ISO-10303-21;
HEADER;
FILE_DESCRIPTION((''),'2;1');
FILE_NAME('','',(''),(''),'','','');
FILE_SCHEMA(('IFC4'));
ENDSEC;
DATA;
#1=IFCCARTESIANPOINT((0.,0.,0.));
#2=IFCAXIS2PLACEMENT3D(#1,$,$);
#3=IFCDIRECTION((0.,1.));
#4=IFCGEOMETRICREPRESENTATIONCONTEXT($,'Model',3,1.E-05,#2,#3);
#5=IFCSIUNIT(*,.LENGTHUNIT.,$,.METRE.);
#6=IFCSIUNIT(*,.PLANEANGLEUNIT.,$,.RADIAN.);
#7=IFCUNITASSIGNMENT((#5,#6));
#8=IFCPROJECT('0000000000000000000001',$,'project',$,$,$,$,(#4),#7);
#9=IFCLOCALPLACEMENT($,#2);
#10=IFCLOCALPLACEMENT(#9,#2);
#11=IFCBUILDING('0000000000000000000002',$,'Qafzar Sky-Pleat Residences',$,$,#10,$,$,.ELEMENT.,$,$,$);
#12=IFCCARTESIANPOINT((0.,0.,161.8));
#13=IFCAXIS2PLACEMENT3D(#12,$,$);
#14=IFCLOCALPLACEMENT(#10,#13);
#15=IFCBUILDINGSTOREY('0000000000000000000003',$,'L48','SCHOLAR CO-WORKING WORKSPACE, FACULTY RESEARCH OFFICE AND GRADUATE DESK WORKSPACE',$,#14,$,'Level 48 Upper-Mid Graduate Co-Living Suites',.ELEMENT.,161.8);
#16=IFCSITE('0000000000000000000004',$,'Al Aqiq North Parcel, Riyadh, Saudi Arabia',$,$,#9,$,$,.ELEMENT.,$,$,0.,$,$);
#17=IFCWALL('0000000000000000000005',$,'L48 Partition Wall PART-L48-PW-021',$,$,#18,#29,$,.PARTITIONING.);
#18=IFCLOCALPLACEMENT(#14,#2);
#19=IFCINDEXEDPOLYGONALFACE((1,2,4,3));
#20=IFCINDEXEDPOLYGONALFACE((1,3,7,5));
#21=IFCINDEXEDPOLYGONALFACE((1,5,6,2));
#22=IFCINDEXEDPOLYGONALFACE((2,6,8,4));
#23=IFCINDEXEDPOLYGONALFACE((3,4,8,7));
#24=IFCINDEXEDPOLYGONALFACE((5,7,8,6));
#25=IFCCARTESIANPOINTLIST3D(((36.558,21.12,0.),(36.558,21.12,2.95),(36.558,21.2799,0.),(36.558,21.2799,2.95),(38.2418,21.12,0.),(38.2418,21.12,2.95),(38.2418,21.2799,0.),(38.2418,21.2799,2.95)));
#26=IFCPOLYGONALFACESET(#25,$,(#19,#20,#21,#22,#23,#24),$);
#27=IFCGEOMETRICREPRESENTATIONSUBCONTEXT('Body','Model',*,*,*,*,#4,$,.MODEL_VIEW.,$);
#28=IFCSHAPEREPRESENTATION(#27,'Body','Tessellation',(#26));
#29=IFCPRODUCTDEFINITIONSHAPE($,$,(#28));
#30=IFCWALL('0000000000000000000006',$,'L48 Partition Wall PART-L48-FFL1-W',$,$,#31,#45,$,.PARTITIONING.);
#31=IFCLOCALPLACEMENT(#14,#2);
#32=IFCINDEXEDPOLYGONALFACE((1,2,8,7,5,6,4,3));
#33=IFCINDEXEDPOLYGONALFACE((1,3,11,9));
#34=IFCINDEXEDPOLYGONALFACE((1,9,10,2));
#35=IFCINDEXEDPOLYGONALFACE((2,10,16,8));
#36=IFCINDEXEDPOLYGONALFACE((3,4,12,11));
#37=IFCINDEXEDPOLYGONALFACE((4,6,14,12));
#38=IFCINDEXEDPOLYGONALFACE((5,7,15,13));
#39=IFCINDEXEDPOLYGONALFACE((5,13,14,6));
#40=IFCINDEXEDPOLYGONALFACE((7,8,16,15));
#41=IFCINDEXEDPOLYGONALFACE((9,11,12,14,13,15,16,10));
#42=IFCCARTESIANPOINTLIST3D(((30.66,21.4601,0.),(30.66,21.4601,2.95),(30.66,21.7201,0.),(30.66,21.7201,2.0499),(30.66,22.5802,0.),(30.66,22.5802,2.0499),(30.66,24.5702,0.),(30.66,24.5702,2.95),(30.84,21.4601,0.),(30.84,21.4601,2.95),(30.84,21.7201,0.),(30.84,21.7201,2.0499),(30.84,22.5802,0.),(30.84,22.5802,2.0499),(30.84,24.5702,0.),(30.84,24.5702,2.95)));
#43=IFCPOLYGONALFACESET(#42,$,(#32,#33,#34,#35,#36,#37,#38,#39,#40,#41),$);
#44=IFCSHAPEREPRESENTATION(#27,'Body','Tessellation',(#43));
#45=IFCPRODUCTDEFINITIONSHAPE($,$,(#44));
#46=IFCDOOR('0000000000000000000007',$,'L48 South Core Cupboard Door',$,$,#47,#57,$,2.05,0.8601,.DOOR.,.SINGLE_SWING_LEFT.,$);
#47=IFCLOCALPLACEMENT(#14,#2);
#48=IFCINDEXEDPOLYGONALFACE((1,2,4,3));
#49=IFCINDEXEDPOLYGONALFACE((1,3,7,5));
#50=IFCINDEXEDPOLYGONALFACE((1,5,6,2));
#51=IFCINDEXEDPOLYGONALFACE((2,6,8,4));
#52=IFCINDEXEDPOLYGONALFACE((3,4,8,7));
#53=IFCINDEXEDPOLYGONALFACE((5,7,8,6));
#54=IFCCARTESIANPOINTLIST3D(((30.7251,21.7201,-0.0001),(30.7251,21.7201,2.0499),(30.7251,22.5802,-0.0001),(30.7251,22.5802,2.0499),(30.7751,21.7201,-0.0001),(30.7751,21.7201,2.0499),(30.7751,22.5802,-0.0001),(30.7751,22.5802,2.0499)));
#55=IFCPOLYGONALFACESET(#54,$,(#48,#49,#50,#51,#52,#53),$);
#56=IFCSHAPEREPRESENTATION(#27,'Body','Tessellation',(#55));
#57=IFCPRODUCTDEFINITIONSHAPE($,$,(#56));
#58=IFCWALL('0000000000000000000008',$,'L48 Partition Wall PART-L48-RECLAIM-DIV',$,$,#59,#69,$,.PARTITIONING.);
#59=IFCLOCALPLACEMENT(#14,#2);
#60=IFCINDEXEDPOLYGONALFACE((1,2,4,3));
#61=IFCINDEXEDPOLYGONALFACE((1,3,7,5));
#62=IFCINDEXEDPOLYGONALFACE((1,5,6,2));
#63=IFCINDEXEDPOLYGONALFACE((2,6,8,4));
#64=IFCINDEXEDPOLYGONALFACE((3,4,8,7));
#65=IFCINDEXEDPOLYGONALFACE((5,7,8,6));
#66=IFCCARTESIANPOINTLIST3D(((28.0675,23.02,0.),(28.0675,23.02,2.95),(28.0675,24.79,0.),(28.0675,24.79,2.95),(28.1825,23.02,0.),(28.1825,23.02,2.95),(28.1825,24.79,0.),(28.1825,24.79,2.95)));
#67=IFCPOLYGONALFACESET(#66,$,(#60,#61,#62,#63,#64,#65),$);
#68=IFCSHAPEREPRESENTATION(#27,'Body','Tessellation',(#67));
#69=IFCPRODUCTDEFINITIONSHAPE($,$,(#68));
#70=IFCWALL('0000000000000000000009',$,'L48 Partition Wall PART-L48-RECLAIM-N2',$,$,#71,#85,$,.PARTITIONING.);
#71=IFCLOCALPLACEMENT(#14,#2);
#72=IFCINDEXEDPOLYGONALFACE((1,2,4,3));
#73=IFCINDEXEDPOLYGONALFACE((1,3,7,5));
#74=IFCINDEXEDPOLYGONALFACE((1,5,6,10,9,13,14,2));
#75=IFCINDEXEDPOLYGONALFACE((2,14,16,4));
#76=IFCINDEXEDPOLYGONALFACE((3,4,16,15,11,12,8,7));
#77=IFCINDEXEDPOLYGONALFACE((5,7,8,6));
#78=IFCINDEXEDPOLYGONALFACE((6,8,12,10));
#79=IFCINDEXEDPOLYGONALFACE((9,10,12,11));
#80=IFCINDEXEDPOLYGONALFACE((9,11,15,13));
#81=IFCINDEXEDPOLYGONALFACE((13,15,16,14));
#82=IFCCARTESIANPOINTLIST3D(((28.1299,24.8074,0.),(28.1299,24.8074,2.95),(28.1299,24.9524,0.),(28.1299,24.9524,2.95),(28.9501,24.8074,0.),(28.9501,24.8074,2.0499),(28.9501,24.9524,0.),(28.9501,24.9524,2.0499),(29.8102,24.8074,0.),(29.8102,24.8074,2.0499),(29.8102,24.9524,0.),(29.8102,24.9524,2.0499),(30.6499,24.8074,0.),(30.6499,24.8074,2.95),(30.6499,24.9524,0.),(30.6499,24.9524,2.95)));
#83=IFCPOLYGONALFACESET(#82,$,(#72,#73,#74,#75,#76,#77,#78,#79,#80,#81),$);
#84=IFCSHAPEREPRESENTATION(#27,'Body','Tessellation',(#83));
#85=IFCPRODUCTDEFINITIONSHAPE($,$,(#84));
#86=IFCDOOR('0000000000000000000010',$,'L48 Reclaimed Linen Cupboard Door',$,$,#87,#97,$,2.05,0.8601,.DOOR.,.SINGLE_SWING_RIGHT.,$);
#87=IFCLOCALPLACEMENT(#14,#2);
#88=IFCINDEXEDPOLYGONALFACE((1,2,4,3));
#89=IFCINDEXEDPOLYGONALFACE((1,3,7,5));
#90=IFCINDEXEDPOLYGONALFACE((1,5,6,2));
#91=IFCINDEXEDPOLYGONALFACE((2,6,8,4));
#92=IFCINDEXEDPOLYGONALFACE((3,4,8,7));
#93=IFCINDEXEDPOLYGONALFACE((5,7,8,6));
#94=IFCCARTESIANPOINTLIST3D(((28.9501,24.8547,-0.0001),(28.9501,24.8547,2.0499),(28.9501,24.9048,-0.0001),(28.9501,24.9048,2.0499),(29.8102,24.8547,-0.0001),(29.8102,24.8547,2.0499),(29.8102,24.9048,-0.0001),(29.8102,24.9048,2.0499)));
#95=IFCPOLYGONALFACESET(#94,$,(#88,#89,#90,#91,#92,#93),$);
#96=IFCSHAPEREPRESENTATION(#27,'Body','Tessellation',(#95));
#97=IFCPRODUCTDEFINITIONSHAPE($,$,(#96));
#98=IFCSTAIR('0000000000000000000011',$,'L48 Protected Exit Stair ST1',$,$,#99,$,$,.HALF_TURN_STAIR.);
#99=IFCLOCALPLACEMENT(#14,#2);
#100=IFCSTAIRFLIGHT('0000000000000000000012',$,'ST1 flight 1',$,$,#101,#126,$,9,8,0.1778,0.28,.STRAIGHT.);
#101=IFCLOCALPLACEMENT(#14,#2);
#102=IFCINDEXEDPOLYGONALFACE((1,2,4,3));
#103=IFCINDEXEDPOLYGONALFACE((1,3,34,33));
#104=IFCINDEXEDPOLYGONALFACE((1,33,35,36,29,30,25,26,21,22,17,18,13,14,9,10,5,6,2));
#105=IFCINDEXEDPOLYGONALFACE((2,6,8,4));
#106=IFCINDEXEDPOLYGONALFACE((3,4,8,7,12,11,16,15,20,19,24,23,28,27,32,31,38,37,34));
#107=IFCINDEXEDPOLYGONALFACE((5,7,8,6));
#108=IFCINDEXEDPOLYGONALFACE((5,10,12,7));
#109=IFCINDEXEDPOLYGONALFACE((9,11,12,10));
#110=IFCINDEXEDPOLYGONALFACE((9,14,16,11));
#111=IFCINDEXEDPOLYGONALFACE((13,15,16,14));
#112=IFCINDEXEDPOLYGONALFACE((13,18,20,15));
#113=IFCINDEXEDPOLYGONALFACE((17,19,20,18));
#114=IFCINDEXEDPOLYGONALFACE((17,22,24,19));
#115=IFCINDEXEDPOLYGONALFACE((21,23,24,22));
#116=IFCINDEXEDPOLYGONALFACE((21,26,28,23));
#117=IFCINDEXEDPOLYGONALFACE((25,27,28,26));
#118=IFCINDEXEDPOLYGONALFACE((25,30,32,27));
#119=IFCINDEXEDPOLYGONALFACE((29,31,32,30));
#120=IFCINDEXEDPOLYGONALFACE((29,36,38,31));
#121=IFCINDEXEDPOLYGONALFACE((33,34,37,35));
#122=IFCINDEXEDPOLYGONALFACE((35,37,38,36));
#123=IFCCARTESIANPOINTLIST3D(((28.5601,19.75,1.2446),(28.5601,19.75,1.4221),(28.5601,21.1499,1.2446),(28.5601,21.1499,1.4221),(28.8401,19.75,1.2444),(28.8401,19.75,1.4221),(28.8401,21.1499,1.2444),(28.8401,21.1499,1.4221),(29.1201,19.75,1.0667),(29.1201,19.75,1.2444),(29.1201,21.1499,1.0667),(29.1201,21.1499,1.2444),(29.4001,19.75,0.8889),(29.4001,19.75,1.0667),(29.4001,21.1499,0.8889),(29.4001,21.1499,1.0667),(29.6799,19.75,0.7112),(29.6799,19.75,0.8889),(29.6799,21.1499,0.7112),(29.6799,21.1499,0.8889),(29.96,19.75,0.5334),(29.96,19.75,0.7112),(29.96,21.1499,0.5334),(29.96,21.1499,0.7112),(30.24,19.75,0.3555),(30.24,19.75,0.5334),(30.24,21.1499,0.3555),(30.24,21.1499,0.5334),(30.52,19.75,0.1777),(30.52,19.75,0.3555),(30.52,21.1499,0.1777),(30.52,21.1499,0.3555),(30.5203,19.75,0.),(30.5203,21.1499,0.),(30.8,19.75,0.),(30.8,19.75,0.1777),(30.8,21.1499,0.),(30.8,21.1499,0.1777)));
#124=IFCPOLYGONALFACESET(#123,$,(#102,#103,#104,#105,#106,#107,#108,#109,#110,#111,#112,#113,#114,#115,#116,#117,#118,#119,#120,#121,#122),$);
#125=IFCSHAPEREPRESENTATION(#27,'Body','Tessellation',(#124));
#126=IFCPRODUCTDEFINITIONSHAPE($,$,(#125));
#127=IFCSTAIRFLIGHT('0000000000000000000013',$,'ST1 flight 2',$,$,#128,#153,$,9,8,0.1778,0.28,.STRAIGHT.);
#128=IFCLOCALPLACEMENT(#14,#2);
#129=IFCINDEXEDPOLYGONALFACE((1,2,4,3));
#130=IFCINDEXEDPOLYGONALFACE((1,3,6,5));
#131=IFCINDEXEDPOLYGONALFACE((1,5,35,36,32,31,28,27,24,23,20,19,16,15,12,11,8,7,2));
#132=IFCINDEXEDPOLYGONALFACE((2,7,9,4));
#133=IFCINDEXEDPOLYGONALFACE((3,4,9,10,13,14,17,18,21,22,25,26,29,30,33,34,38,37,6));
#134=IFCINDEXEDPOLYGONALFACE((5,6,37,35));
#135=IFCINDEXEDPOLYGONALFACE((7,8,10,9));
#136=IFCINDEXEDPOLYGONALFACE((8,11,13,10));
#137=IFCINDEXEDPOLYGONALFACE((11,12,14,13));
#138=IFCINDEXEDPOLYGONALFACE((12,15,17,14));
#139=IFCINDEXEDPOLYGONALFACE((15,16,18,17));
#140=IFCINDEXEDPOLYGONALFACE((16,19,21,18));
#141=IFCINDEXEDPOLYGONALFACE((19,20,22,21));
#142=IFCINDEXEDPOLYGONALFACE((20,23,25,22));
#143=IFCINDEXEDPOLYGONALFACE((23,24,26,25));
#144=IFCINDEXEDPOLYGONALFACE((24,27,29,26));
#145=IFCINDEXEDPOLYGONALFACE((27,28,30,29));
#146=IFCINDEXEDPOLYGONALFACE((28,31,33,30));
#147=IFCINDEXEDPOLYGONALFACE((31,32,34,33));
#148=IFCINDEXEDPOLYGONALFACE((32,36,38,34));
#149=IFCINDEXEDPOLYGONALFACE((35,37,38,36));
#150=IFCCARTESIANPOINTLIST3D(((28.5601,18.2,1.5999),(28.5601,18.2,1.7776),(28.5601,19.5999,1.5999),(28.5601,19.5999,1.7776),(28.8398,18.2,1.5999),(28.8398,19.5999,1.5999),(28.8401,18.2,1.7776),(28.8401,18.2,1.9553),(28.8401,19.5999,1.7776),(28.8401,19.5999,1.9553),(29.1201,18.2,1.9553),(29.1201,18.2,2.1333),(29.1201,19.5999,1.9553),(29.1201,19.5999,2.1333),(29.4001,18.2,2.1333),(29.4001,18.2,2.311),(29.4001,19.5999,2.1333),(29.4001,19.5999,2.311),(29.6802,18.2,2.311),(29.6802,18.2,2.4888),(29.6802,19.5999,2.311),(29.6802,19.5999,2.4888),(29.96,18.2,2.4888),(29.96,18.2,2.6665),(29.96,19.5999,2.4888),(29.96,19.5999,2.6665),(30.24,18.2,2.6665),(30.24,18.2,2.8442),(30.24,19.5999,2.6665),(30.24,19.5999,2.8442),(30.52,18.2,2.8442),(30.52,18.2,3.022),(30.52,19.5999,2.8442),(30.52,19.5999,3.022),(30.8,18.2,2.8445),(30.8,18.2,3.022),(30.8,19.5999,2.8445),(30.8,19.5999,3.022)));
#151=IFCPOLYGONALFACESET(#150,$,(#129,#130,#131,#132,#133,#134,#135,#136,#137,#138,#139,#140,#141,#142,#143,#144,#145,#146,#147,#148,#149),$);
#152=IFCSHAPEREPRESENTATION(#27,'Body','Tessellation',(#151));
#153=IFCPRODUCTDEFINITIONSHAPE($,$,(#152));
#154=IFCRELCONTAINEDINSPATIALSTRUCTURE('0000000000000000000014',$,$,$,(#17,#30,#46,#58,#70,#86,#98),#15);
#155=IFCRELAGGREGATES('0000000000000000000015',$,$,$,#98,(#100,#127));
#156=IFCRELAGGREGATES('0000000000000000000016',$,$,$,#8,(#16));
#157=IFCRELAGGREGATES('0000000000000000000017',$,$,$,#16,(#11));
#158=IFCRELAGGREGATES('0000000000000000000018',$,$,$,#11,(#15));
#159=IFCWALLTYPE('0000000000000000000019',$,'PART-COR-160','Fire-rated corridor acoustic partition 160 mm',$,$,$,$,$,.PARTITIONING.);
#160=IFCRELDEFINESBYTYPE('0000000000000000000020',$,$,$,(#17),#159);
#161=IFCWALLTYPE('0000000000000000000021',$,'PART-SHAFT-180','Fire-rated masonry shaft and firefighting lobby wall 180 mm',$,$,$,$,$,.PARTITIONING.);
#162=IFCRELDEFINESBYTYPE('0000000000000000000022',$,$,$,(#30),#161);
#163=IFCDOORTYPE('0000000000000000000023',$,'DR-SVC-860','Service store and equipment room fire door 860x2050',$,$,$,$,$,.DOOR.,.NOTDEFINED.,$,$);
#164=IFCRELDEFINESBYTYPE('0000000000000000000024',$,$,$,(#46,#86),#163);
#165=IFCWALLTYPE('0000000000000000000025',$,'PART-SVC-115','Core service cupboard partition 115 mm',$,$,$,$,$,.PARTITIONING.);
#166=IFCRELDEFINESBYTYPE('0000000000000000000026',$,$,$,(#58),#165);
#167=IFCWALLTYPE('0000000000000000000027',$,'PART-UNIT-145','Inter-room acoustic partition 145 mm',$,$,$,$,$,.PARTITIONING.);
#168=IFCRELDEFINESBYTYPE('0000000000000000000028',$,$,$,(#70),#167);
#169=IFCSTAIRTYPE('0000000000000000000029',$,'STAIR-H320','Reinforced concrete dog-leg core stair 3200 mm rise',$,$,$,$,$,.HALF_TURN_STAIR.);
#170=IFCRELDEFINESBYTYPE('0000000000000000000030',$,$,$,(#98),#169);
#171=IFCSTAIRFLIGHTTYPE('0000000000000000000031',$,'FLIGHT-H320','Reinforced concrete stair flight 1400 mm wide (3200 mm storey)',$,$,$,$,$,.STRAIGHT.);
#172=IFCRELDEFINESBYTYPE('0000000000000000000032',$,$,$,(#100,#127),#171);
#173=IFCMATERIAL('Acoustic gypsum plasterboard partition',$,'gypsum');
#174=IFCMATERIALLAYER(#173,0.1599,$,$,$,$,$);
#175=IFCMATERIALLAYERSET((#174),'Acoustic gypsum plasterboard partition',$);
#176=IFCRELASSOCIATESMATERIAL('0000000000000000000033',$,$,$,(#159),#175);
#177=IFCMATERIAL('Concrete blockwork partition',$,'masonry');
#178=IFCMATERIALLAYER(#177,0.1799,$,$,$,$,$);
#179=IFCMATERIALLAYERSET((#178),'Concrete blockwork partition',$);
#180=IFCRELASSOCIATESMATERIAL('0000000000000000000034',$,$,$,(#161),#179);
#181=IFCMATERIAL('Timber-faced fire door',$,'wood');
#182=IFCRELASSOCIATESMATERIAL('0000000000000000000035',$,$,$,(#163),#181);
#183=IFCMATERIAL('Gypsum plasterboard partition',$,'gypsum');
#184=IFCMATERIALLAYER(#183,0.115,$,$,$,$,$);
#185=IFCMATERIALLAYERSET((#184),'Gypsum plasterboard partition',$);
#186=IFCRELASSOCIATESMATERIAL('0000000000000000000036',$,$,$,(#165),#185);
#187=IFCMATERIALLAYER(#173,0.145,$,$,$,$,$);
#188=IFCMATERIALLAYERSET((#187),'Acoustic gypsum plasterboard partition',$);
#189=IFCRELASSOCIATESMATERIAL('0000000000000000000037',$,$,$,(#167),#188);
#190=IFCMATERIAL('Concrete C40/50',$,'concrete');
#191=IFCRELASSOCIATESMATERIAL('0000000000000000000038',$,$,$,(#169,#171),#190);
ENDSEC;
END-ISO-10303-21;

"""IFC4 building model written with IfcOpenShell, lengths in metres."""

from ifc_helpers import new_model, si_unit, direction, frame, frame_2d, origin, place, context, subcontext, project, spatial, polyline, rectangle, outline, extrude, source, transform, mapped, material, layer, layer_set, type_object, element, fill, aggregate, save


model = new_model("IFC4")

# Units and contexts
model_context = context("Model", 3, precision=1e-05, world=origin(), true_north=direction((0.0, 1.0)))
body_context = subcontext(model_context, "Body", "Model", "MODEL_VIEW")
ifc_project = project(units=[si_unit("LENGTHUNIT", "METRE"), si_unit("PLANEANGLEUNIT", "RADIAN")], contexts=[model_context])

# Site, building, storey
site_placement = place(None, origin())
site = spatial("IfcSite", under=ifc_project, at=site_placement, Name="Al Aqiq North Parcel, Riyadh, Saudi Arabia", CompositionType="ELEMENT", RefElevation=0.0)
building_placement = place(site_placement, origin())
building = spatial("IfcBuilding", under=site, at=building_placement, Name="Qafzar Sky-Pleat Residences", CompositionType="ELEMENT")
storey_placement = place(building_placement, frame((0.0, 0.0, 161.8)))
storey = spatial("IfcBuildingStorey", under=building, at=storey_placement, Name="L48", Description="SCHOLAR CO-WORKING WORKSPACE, FACULTY RESEARCH OFFICE AND GRADUATE DESK WORKSPACE", LongName="Level 48 Upper-Mid Graduate Co-Living Suites", CompositionType="ELEMENT", Elevation=161.8)

# Wall
ifc_material_1 = material(Name="Acoustic gypsum plasterboard partition", Category="gypsum")
ifc_layer_1 = layer(ifc_material_1, 0.1599)
ifc_layer_set_1 = layer_set([ifc_layer_1], Name="Acoustic gypsum plasterboard partition")
wall_type_1 = type_object("IfcWallType", Name="PART-COR-160", Description="Fire-rated corridor acoustic partition 160 mm", PredefinedType="PARTITIONING", material=ifc_layer_set_1)
wall_1_placement = place(storey_placement, frame((36.5581, 21.2, 0.0), z_axis=(0.0, 0.0, 1.0), x_axis=(1.0, 0.0, 0.0)))
element("IfcWall", 1, at=wall_1_placement, inside=storey, type_object=wall_type_1, Name="L48 Partition Wall PART-L48-PW-021", PredefinedType="PARTITIONING", context=body_context, shape_type="SweptSolid", body=[
    extrude(rectangle(XDim=1.6838, YDim=0.1599, at=frame_2d((0.8418, 0.0))), origin(), (0.0, 0.0, 1.0), 2.95),
])

# Wall, opening, door
ifc_material_2 = material(Name="Concrete blockwork partition", Category="masonry")
ifc_layer_2 = layer(ifc_material_2, 0.1799)
ifc_layer_set_2 = layer_set([ifc_layer_2], Name="Concrete blockwork partition")
wall_type_2 = type_object("IfcWallType", Name="PART-SHAFT-180", Description="Fire-rated masonry shaft and firefighting lobby wall 180 mm", PredefinedType="PARTITIONING", material=ifc_layer_set_2)
wall_2_placement = place(storey_placement, frame((30.75, 21.46, 0.0), z_axis=(0.0, 0.0, 1.0), x_axis=(0.0, 1.0, 0.0)))
wall_2 = element("IfcWall", 2, at=wall_2_placement, inside=storey, type_object=wall_type_2, Name="L48 Partition Wall PART-L48-FFL1-W", PredefinedType="PARTITIONING", context=body_context, shape_type="SweptSolid", body=[
    extrude(rectangle(XDim=3.1101, YDim=0.1799, at=frame_2d((1.5552, 0.0))), origin(), (0.0, 0.0, 1.0), 2.95),
])
opening_1_placement = place(wall_2_placement, frame((0.26, 0.0, 0.0)))
opening_1 = element("IfcOpeningElement", 3, at=opening_1_placement, cuts=wall_2, PredefinedType="OPENING", context=body_context, shape_type="SweptSolid", body=[
    extrude(rectangle(XDim=0.8601, YDim=2.05, at=frame_2d((0.4302, 1.0249))), frame((0.0, 0.1001, 0.0), z_axis=(0.0, -1.0, 0.0), x_axis=(1.0, 0.0, 0.0)), (0.0, 0.0, 1.0), 0.2),
])
ifc_material_3 = material(Name="Timber-faced fire door", Category="wood")
door_type_1 = type_object("IfcDoorType", Name="DR-SVC-860", Description="Service store and equipment room fire door 860x2050", OperationType="NOTDEFINED", PredefinedType="DOOR", material=ifc_material_3)
shared_shape_1 = source(origin(), body_context, "Body", "SweptSolid", [
    extrude(rectangle(XDim=0.8601, YDim=2.05, at=frame_2d((0.4302, 1.0249))), frame((0.0, 0.0249, 0.0), z_axis=(0.0, -1.0, 0.0), x_axis=(1.0, 0.0, 0.0)), (0.0, 0.0, 1.0), 0.05),
])
door_1_placement = place(opening_1_placement, origin())
door_1 = element("IfcDoor", 4, at=door_1_placement, inside=storey, type_object=door_type_1, Name="L48 South Core Cupboard Door", OperationType="SINGLE_SWING_LEFT", OverallHeight=2.05, OverallWidth=0.8601, PredefinedType="DOOR", context=body_context, shape_type="MappedRepresentation", body=[
    mapped(shared_shape_1, transform((0.0, 0.0, 0.0), x_axis=(1.0, 0.0, 0.0), y_axis=(0.0, 1.0, 0.0), z_axis=(0.0, 0.0, 1.0), scale=1.0)),
])
fill(opening_1, door_1)

# Wall
ifc_material_4 = material(Name="Gypsum plasterboard partition", Category="gypsum")
ifc_layer_3 = layer(ifc_material_4, 0.115)
ifc_layer_set_3 = layer_set([ifc_layer_3], Name="Gypsum plasterboard partition")
wall_type_3 = type_object("IfcWallType", Name="PART-SVC-115", Description="Core service cupboard partition 115 mm", PredefinedType="PARTITIONING", material=ifc_layer_set_3)
wall_3_placement = place(storey_placement, frame((28.125, 23.02, 0.0), z_axis=(0.0, 0.0, 1.0), x_axis=(0.0, 1.0, 0.0)))
element("IfcWall", 5, at=wall_3_placement, inside=storey, type_object=wall_type_3, Name="L48 Partition Wall PART-L48-RECLAIM-DIV", PredefinedType="PARTITIONING", context=body_context, shape_type="SweptSolid", body=[
    extrude(rectangle(XDim=1.77, YDim=0.115, at=frame_2d((0.885, 0.0))), origin(), (0.0, 0.0, 1.0), 2.95),
])

# Wall, opening, door
ifc_layer_4 = layer(ifc_material_1, 0.145)
ifc_layer_set_4 = layer_set([ifc_layer_4], Name="Acoustic gypsum plasterboard partition")
wall_type_4 = type_object("IfcWallType", Name="PART-UNIT-145", Description="Inter-room acoustic partition 145 mm", PredefinedType="PARTITIONING", material=ifc_layer_set_4)
wall_4_placement = place(storey_placement, frame((28.1299, 24.8799, 0.0), z_axis=(0.0, 0.0, 1.0), x_axis=(1.0, 0.0, 0.0)))
wall_4 = element("IfcWall", 6, at=wall_4_placement, inside=storey, type_object=wall_type_4, Name="L48 Partition Wall PART-L48-RECLAIM-N2", PredefinedType="PARTITIONING", context=body_context, shape_type="SweptSolid", body=[
    extrude(rectangle(XDim=2.52, YDim=0.145, at=frame_2d((1.26, 0.0))), origin(), (0.0, 0.0, 1.0), 2.95),
])
opening_2_placement = place(wall_4_placement, frame((0.8201, 0.0, 0.0)))
opening_2 = element("IfcOpeningElement", 7, at=opening_2_placement, cuts=wall_4, PredefinedType="OPENING", context=body_context, shape_type="SweptSolid", body=[
    extrude(rectangle(XDim=0.8601, YDim=2.05, at=frame_2d((0.4302, 1.0249))), frame((0.0, 0.0825, 0.0), z_axis=(0.0, -1.0, 0.0), x_axis=(1.0, 0.0, 0.0)), (0.0, 0.0, 1.0), 0.165),
])
door_2_placement = place(opening_2_placement, origin())
door_2 = element("IfcDoor", 8, at=door_2_placement, inside=storey, type_object=door_type_1, Name="L48 Reclaimed Linen Cupboard Door", OperationType="SINGLE_SWING_RIGHT", OverallHeight=2.05, OverallWidth=0.8601, PredefinedType="DOOR", context=body_context, shape_type="MappedRepresentation", body=[
    mapped(shared_shape_1, transform((0.0, 0.0, 0.0), x_axis=(1.0, 0.0, 0.0), y_axis=(0.0, 1.0, 0.0), z_axis=(0.0, 0.0, 1.0), scale=1.0)),
])
fill(opening_2, door_2)

# Stair, stair flights
ifc_material_5 = material(Name="Concrete C40/50", Category="concrete")
stair_type = type_object("IfcStairType", Name="STAIR-H320", Description="Reinforced concrete dog-leg core stair 3200 mm rise", PredefinedType="HALF_TURN_STAIR", material=ifc_material_5)
stair_placement = place(storey_placement, origin())
stair = element("IfcStair", 9, at=stair_placement, inside=storey, type_object=stair_type, Name="L48 Protected Exit Stair ST1", PredefinedType="HALF_TURN_STAIR")
stair_flight_type = type_object("IfcStairFlightType", Name="FLIGHT-H320", Description="Reinforced concrete stair flight 1400 mm wide (3200 mm storey)", PredefinedType="STRAIGHT", material=ifc_material_5)
shared_shape_2 = source(origin(), body_context, "Body", "SweptSolid", [
    extrude(outline(polyline([(0.0, 0.0), (0.0, 0.1777), (0.28, 0.1777), (0.28, 0.3555), (0.5601, 0.3555), (0.5601, 0.5334), (0.8401, 0.5334), (0.8401, 0.7112), (1.1201, 0.7112), (1.1201, 0.8889), (1.3999, 0.8889), (1.3999, 1.0667), (1.6799, 1.0667), (1.6799, 1.2444), (1.96, 1.2444), (1.96, 1.4221), (2.24, 1.4221), (2.24, 1.6001), (2.24, 1.2446), (0.2798, 0.0), (0.0, 0.0)])), frame((0.0, 0.7, 0.0), z_axis=(0.0, -1.0, 0.0), x_axis=(1.0, 0.0, 0.0)), (0.0, 0.0, 1.0), 1.3999),
])
stair_flight_1_placement = place(storey_placement, frame((30.8, 20.45, 0.0), z_axis=(0.0, 0.0, 1.0), x_axis=(-1.0, 0.0, 0.0)))
stair_flight_1 = element("IfcStairFlight", 10, at=stair_flight_1_placement, type_object=stair_flight_type, Name="ST1 flight 1", NumberOfRisers=9, NumberOfTreads=8, PredefinedType="STRAIGHT", RiserHeight=0.1778, TreadLength=0.28, context=body_context, shape_type="MappedRepresentation", body=[
    mapped(shared_shape_2, transform((0.0, 0.0, 0.0), x_axis=(1.0, 0.0, 0.0), y_axis=(0.0, 1.0, 0.0), z_axis=(0.0, 0.0, 1.0), scale=1.0)),
])
stair_flight_2_placement = place(storey_placement, frame((28.5601, 18.8999, 1.5999), z_axis=(0.0, 0.0, 1.0), x_axis=(1.0, 0.0, 0.0)))
stair_flight_2 = element("IfcStairFlight", 11, at=stair_flight_2_placement, type_object=stair_flight_type, Name="ST1 flight 2", NumberOfRisers=9, NumberOfTreads=8, PredefinedType="STRAIGHT", RiserHeight=0.1778, TreadLength=0.28, context=body_context, shape_type="MappedRepresentation", body=[
    mapped(shared_shape_2, transform((0.0, 0.0, 0.0), x_axis=(1.0, 0.0, 0.0), y_axis=(0.0, 1.0, 0.0), z_axis=(0.0, 0.0, 1.0), scale=1.0)),
])
aggregate(stair, [stair_flight_1, stair_flight_2])

save(model, "model.ifc")
